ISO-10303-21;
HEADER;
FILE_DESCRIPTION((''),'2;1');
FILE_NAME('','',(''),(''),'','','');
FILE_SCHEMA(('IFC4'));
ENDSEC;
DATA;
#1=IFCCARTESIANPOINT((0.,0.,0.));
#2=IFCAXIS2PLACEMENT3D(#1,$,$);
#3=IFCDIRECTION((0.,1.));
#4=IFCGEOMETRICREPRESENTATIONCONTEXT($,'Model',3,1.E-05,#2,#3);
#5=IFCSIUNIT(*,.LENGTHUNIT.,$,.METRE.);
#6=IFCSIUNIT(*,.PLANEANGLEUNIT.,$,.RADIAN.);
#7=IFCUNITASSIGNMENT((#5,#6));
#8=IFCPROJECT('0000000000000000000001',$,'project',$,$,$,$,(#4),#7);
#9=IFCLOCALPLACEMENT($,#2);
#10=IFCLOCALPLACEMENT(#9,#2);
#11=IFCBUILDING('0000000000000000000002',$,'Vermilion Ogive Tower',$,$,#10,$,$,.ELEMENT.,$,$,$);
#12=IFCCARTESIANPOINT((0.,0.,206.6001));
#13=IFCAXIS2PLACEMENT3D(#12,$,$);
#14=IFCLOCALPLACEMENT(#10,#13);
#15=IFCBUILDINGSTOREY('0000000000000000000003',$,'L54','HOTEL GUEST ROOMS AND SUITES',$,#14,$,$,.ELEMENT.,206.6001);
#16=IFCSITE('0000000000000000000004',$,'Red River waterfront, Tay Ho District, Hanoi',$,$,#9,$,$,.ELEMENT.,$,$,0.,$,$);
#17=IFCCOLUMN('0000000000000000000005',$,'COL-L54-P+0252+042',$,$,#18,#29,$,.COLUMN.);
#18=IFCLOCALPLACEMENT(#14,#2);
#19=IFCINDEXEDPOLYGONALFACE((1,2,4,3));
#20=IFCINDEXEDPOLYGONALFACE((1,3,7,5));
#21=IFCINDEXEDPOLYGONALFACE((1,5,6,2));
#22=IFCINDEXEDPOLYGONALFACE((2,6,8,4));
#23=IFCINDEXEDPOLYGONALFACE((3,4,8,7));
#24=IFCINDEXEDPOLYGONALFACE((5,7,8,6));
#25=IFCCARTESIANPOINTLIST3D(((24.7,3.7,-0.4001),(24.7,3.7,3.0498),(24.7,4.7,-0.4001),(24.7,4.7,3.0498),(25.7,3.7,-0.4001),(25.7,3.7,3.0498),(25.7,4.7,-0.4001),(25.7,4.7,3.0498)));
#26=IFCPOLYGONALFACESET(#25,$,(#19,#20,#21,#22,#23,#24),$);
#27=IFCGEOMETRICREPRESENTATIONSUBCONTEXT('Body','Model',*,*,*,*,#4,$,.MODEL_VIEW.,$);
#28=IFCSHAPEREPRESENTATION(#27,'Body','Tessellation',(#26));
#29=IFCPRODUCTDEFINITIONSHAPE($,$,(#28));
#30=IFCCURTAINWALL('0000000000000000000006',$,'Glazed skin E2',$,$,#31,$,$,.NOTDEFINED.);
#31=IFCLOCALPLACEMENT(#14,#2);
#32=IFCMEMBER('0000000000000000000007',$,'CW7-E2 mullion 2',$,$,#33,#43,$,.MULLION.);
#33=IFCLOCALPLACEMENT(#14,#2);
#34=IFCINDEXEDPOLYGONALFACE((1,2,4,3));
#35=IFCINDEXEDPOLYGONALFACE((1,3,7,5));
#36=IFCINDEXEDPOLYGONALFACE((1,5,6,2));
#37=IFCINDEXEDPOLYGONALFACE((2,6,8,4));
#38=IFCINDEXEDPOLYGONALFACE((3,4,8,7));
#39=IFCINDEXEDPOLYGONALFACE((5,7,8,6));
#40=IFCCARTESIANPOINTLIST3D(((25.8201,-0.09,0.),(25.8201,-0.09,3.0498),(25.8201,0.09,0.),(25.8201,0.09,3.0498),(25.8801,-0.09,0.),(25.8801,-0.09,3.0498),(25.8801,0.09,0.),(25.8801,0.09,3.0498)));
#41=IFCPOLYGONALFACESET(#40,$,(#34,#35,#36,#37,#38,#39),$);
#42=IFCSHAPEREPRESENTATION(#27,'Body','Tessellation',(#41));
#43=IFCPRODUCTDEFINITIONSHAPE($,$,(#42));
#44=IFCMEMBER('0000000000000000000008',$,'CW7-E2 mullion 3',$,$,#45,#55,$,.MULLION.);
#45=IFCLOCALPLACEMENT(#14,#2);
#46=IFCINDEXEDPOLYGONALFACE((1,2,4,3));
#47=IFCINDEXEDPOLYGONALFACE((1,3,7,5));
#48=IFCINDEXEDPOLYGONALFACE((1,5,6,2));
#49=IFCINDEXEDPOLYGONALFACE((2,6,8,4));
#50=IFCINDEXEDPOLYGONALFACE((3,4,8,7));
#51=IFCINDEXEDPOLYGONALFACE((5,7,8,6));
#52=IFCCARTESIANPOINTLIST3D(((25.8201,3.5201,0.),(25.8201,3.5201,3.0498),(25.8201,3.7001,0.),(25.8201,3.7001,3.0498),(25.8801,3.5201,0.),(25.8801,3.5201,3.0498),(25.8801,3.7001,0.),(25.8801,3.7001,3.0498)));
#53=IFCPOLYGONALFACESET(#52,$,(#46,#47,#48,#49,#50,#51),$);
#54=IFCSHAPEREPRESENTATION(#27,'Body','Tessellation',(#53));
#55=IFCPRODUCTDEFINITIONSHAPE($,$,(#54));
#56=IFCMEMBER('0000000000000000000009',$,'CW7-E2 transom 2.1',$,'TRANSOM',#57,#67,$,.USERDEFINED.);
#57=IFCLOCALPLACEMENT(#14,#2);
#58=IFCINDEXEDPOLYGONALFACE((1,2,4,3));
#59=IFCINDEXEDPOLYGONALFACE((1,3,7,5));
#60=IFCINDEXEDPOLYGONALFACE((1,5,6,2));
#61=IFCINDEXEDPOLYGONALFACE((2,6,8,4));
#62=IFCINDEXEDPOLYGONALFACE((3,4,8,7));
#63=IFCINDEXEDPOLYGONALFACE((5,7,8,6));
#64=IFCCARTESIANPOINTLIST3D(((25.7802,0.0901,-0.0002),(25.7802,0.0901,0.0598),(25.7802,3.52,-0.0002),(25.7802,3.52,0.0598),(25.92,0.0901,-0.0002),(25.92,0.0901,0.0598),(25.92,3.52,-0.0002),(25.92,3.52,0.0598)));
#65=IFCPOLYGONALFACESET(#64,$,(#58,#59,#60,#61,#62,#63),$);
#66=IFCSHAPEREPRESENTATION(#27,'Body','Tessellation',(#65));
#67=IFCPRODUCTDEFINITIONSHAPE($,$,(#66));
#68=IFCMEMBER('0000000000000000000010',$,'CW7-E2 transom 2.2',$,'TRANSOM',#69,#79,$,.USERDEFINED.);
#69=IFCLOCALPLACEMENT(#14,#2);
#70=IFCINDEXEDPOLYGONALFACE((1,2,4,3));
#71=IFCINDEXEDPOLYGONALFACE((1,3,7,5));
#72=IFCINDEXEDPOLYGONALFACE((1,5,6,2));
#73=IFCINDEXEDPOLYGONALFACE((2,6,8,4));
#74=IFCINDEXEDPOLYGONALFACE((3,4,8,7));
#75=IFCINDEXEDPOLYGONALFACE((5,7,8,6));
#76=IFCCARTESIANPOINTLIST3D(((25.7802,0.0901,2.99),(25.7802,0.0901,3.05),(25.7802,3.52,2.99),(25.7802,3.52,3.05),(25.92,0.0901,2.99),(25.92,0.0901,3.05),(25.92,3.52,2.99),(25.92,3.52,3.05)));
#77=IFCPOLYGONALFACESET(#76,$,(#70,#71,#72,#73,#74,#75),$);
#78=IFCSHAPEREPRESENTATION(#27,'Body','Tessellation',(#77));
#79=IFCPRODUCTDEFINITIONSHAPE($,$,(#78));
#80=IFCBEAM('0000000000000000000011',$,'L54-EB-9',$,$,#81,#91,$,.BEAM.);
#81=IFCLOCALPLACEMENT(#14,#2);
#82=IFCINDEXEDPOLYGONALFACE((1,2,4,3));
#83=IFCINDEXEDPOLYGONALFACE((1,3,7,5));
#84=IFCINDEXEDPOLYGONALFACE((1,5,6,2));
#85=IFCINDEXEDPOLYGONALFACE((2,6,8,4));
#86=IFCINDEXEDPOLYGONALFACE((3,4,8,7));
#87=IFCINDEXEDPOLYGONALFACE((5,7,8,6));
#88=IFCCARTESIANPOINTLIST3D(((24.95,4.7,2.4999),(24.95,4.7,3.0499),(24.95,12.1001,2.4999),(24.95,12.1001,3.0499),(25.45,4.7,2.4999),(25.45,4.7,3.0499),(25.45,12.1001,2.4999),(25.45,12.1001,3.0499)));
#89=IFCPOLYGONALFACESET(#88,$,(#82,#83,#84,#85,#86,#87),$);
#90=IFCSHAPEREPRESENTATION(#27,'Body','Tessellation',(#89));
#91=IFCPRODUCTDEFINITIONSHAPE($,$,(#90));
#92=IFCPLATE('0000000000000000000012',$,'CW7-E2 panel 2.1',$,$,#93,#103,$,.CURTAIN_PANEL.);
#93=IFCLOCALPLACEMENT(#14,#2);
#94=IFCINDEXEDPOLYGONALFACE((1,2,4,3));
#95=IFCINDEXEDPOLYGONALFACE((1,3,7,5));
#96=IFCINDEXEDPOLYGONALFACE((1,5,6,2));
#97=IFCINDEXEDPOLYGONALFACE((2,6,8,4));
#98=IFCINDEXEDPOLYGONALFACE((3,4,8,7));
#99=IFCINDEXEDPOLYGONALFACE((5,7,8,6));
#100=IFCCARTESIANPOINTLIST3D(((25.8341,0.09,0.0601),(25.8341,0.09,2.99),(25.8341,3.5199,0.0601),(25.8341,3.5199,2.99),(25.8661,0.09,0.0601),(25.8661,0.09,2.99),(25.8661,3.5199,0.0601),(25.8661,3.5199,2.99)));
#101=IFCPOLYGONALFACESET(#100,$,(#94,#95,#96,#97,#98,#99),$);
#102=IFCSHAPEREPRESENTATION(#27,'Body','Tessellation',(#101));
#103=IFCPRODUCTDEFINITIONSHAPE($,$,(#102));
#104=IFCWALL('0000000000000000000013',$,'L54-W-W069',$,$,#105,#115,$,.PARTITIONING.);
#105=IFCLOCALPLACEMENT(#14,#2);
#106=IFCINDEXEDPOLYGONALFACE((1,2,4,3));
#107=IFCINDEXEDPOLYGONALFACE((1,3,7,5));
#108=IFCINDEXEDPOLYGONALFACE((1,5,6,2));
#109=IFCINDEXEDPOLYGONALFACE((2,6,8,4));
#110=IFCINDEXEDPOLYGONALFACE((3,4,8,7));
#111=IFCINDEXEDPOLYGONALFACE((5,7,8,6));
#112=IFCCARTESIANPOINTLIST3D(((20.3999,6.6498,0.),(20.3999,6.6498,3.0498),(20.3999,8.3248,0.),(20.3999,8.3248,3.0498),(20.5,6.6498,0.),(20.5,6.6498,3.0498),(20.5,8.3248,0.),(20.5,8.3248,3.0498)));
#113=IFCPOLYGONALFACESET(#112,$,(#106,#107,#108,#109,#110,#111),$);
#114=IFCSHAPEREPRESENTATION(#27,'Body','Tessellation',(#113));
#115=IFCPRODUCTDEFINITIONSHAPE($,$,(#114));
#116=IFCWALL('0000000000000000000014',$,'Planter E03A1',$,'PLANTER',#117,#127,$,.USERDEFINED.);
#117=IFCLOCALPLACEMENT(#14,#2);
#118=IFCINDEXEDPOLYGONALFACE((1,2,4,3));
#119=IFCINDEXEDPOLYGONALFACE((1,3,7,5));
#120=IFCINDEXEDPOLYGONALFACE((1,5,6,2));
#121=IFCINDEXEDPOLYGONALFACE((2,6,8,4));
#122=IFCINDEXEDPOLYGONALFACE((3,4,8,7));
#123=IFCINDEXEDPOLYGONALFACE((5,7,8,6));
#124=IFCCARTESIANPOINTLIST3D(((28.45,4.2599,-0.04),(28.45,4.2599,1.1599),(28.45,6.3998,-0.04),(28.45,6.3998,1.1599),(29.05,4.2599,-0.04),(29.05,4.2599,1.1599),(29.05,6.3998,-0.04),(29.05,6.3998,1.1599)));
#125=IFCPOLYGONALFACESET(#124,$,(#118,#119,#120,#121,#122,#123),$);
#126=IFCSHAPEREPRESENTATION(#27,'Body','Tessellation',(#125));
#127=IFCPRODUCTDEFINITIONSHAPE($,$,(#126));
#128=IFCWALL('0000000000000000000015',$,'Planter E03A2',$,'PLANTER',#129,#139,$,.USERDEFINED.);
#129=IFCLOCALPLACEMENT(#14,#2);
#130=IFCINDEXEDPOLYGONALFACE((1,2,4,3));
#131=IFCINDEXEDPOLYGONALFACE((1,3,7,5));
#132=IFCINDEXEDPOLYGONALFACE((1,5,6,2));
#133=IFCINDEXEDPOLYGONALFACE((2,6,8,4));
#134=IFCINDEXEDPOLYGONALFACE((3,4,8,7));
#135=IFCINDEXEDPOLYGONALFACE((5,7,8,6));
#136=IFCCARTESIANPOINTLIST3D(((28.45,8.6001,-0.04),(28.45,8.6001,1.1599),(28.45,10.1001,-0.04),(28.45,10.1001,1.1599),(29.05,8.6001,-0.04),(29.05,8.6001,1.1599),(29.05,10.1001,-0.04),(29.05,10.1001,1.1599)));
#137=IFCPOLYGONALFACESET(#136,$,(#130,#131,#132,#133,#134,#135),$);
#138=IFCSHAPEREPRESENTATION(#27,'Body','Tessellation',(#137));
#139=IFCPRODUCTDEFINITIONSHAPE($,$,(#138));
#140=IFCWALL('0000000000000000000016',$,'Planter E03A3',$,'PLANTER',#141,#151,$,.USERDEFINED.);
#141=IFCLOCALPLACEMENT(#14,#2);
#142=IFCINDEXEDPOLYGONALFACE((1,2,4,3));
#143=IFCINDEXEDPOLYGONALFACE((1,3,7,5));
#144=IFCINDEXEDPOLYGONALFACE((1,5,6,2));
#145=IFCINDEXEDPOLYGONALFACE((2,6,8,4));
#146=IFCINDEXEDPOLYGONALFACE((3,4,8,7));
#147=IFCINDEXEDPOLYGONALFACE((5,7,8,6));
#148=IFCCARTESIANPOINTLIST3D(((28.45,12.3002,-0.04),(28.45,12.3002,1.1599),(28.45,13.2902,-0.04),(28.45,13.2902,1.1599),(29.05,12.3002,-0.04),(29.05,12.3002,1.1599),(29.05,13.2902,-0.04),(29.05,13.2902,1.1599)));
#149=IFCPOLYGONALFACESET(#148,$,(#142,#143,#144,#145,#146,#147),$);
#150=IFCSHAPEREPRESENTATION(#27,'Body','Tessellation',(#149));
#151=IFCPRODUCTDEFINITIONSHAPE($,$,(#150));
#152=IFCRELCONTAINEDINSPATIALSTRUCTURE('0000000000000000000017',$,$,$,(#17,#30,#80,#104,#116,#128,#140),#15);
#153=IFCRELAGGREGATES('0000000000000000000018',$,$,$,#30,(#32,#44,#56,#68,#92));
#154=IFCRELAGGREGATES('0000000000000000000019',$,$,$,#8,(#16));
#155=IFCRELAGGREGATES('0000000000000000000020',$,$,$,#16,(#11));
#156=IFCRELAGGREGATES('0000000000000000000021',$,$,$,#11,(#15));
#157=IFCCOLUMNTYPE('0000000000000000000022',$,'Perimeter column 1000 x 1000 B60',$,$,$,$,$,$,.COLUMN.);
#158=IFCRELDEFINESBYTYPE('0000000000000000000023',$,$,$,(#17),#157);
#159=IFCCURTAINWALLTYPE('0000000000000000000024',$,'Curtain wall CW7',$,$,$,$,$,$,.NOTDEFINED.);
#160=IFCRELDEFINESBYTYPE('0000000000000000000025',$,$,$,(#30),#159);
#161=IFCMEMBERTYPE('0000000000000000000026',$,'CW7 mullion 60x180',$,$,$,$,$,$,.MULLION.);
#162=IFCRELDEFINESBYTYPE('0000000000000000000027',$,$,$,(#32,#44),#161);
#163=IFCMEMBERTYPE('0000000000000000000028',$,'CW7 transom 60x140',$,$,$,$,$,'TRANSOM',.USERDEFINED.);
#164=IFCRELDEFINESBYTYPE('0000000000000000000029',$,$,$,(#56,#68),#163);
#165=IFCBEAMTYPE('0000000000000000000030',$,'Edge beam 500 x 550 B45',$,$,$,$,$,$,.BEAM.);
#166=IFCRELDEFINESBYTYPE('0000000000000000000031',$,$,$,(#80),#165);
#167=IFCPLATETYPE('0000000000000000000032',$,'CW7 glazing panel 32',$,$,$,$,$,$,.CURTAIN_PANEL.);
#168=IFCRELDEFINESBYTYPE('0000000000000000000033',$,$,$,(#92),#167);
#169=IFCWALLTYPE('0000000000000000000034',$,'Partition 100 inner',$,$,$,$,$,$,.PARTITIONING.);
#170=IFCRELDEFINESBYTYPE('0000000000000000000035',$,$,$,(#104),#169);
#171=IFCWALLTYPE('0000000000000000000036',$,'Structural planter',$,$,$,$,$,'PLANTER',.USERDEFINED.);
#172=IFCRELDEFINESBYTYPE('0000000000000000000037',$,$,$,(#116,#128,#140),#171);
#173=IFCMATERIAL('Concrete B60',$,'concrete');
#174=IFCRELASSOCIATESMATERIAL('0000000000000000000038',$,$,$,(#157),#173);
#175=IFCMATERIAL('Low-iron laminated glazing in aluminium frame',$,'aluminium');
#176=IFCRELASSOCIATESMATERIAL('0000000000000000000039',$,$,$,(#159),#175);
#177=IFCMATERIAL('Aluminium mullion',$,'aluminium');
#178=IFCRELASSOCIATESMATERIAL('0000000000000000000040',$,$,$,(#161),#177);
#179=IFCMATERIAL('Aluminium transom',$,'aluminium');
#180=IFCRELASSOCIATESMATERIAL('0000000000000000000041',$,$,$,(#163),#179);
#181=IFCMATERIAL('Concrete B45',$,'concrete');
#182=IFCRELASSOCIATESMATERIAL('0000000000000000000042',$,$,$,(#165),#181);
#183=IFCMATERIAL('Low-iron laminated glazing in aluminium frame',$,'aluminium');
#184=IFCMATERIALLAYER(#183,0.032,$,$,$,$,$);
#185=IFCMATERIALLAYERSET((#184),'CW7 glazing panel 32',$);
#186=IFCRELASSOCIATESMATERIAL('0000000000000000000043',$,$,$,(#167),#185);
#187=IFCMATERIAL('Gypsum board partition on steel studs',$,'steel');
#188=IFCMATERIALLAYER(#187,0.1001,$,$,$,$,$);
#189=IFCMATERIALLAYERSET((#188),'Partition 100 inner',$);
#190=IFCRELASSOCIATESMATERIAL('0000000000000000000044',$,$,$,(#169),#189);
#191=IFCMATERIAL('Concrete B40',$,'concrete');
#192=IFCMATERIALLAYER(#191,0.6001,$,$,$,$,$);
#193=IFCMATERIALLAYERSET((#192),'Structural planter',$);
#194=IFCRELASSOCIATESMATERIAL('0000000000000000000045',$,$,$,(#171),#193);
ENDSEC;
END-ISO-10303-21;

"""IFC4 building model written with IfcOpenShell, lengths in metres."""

from ifc_helpers import new_model, si_unit, direction, frame, frame_2d, origin, origin_2d, place, context, subcontext, project, spatial, rectangle, extrude, material, layer, layer_set, material_profile, profile_set, type_object, element, aggregate, save


model = new_model("IFC4")

# Units and contexts
model_context = context("Model", 3, precision=1e-05, world=origin(), true_north=direction((0.0, 1.0)))
body_context = subcontext(model_context, "Body", "Model", "MODEL_VIEW")
ifc_project = project(units=[si_unit("LENGTHUNIT", "METRE"), si_unit("PLANEANGLEUNIT", "RADIAN")], contexts=[model_context])

# Site, building, storey
site_placement = place(None, origin())
site = spatial("IfcSite", under=ifc_project, at=site_placement, Name="Red River waterfront, Tay Ho District, Hanoi", CompositionType="ELEMENT", RefElevation=0.0)
building_placement = place(site_placement, origin())
building = spatial("IfcBuilding", under=site, at=building_placement, Name="Vermilion Ogive Tower", CompositionType="ELEMENT")
storey_placement = place(building_placement, frame((0.0, 0.0, 206.6001)))
storey = spatial("IfcBuildingStorey", under=building, at=storey_placement, Name="L54", Description="HOTEL GUEST ROOMS AND SUITES", CompositionType="ELEMENT", Elevation=206.6001)

# Column
ifc_material_1 = material(Name="Concrete B60", Category="concrete")
ifc_material_profile_1 = material_profile(ifc_material_1, rectangle(XDim=1.0, YDim=1.0, at=origin_2d()), Name="1000 x 1000")
ifc_profile_set_1 = profile_set([ifc_material_profile_1], Name="Concrete B60")
column_type = type_object("IfcColumnType", Name="Perimeter column 1000 x 1000 B60", PredefinedType="COLUMN", material=ifc_profile_set_1)
column_placement = place(storey_placement, frame((25.2, 4.2, -0.4001), z_axis=(0.0, 0.0, 1.0), x_axis=(1.0, 0.0, 0.0)))
element("IfcColumn", 1, at=column_placement, inside=storey, type_object=column_type, Name="COL-L54-P+0252+042", PredefinedType="COLUMN", context=body_context, shape_type="SweptSolid", body=[
    extrude(rectangle(XDim=1.0, YDim=1.0, at=origin_2d()), origin(), (0.0, 0.0, 1.0), 3.45),
])

# Curtain wall, members
ifc_material_2 = material(Name="Low-iron laminated glazing in aluminium frame", Category="aluminium")
curtain_wall_type = type_object("IfcCurtainWallType", Name="Curtain wall CW7", PredefinedType="NOTDEFINED", material=ifc_material_2)
curtain_wall_placement = place(storey_placement, origin())
curtain_wall = element("IfcCurtainWall", 2, at=curtain_wall_placement, inside=storey, type_object=curtain_wall_type, Name="Glazed skin E2", PredefinedType="NOTDEFINED")
ifc_material_3 = material(Name="Aluminium mullion", Category="aluminium")
ifc_material_profile_2 = material_profile(ifc_material_3, rectangle(XDim=0.0601, YDim=0.1799, at=origin_2d()), Name="AL 60x180")
ifc_profile_set_2 = profile_set([ifc_material_profile_2], Name="Aluminium mullion")
member_type_1 = type_object("IfcMemberType", Name="CW7 mullion 60x180", PredefinedType="MULLION", material=ifc_profile_set_2)
member_1_placement = place(storey_placement, frame((25.8501, 0.0, 0.0), z_axis=(0.0, 0.0, 1.0), x_axis=(-1.0, 0.0, 0.0)))
member_1 = element("IfcMember", 3, at=member_1_placement, type_object=member_type_1, Name="CW7-E2 mullion 2", PredefinedType="MULLION", context=body_context, shape_type="SweptSolid", body=[
    extrude(rectangle(XDim=0.0601, YDim=0.1799, at=origin_2d()), origin(), (0.0, 0.0, 1.0), 3.0498),
])
member_2_placement = place(storey_placement, frame((25.8501, 3.6101, 0.0), z_axis=(0.0, 0.0, 1.0), x_axis=(-1.0, 0.0, 0.0)))
member_2 = element("IfcMember", 4, at=member_2_placement, type_object=member_type_1, Name="CW7-E2 mullion 3", PredefinedType="MULLION", context=body_context, shape_type="SweptSolid", body=[
    extrude(rectangle(XDim=0.0601, YDim=0.1799, at=origin_2d()), origin(), (0.0, 0.0, 1.0), 3.0498),
])
ifc_material_4 = material(Name="Aluminium transom", Category="aluminium")
ifc_material_profile_3 = material_profile(ifc_material_4, rectangle(XDim=0.1399, YDim=0.0601, at=origin_2d()), Name="AL 60x140")
ifc_profile_set_3 = profile_set([ifc_material_profile_3], Name="Aluminium transom")
member_type_2 = type_object("IfcMemberType", Name="CW7 transom 60x140", ElementType="TRANSOM", PredefinedType="USERDEFINED", material=ifc_profile_set_3)
member_3_placement = place(storey_placement, frame((25.8501, 0.0901, 0.0298), z_axis=(0.0, 1.0, 0.0), x_axis=(-1.0, 0.0, 0.0)))
member_3 = element("IfcMember", 5, at=member_3_placement, type_object=member_type_2, Name="CW7-E2 transom 2.1", ObjectType="TRANSOM", PredefinedType="USERDEFINED", context=body_context, shape_type="SweptSolid", body=[
    extrude(rectangle(XDim=0.1399, YDim=0.0601, at=origin_2d()), origin(), (0.0, 0.0, 1.0), 3.4299),
])
member_4_placement = place(storey_placement, frame((25.8501, 0.0901, 3.02), z_axis=(0.0, 1.0, 0.0), x_axis=(-1.0, 0.0, 0.0)))
member_4 = element("IfcMember", 6, at=member_4_placement, type_object=member_type_2, Name="CW7-E2 transom 2.2", ObjectType="TRANSOM", PredefinedType="USERDEFINED", context=body_context, shape_type="SweptSolid", body=[
    extrude(rectangle(XDim=0.1399, YDim=0.0601, at=origin_2d()), origin(), (0.0, 0.0, 1.0), 3.4299),
])

# Beam
ifc_material_5 = material(Name="Concrete B45", Category="concrete")
ifc_material_profile_4 = material_profile(ifc_material_5, rectangle(XDim=0.5, YDim=0.55, at=origin_2d()), Name="500 x 550")
ifc_profile_set_4 = profile_set([ifc_material_profile_4], Name="Concrete B45")
beam_type = type_object("IfcBeamType", Name="Edge beam 500 x 550 B45", PredefinedType="BEAM", material=ifc_profile_set_4)
beam_placement = place(storey_placement, frame((25.2, 4.7, 2.7749), z_axis=(0.0, 1.0, 0.0), x_axis=(-1.0, 0.0, 0.0)))
element("IfcBeam", 7, at=beam_placement, inside=storey, type_object=beam_type, Name="L54-EB-9", PredefinedType="BEAM", context=body_context, shape_type="SweptSolid", body=[
    extrude(rectangle(XDim=0.5, YDim=0.55, at=origin_2d()), origin(), (0.0, 0.0, 1.0), 7.4001),
])

# Plate
ifc_material_6 = material(Name="Low-iron laminated glazing in aluminium frame", Category="aluminium")
ifc_layer_1 = layer(ifc_material_6, 0.032)
ifc_layer_set_1 = layer_set([ifc_layer_1], Name="CW7 glazing panel 32")
plate_type = type_object("IfcPlateType", Name="CW7 glazing panel 32", PredefinedType="CURTAIN_PANEL", material=ifc_layer_set_1)
plate_placement = place(storey_placement, frame((25.8501, 1.8049, 0.0601), z_axis=(0.0, 0.0, 1.0), x_axis=(0.0, 1.0, 0.0)))
plate = element("IfcPlate", 8, at=plate_placement, type_object=plate_type, Name="CW7-E2 panel 2.1", PredefinedType="CURTAIN_PANEL", context=body_context, shape_type="SweptSolid", body=[
    extrude(rectangle(XDim=3.4299, YDim=0.032, at=origin_2d()), origin(), (0.0, 0.0, 1.0), 2.9299),
])
aggregate(curtain_wall, [member_1, member_2, member_3, member_4, plate])

# Walls
ifc_material_7 = material(Name="Gypsum board partition on steel studs", Category="steel")
ifc_layer_2 = layer(ifc_material_7, 0.1001)
ifc_layer_set_2 = layer_set([ifc_layer_2], Name="Partition 100 inner")
wall_type_1 = type_object("IfcWallType", Name="Partition 100 inner", PredefinedType="PARTITIONING", material=ifc_layer_set_2)
wall_1_placement = place(storey_placement, frame((20.45, 6.6499, 0.0), z_axis=(0.0, 0.0, 1.0), x_axis=(0.0, 1.0, 0.0)))
element("IfcWall", 9, at=wall_1_placement, inside=storey, type_object=wall_type_1, Name="L54-W-W069", PredefinedType="PARTITIONING", context=body_context, shape_type="SweptSolid", body=[
    extrude(rectangle(XDim=1.675, YDim=0.1001, at=frame_2d((0.8374, 0.0))), origin(), (0.0, 0.0, 1.0), 3.0498),
])
ifc_material_8 = material(Name="Concrete B40", Category="concrete")
ifc_layer_3 = layer(ifc_material_8, 0.6001)
ifc_layer_set_3 = layer_set([ifc_layer_3], Name="Structural planter")
wall_type_2 = type_object("IfcWallType", Name="Structural planter", ElementType="PLANTER", PredefinedType="USERDEFINED", material=ifc_layer_set_3)
wall_2_placement = place(storey_placement, frame((28.75, 4.26, -0.04), z_axis=(0.0, 0.0, 1.0), x_axis=(0.0, 1.0, 0.0)))
element("IfcWall", 10, at=wall_2_placement, inside=storey, type_object=wall_type_2, Name="Planter E03A1", ObjectType="PLANTER", PredefinedType="USERDEFINED", context=body_context, shape_type="SweptSolid", body=[
    extrude(rectangle(XDim=2.1399, YDim=0.6001, at=frame_2d((1.0698, 0.0))), origin(), (0.0, 0.0, 1.0), 1.2),
])
wall_3_placement = place(storey_placement, frame((28.75, 8.6001, -0.04), z_axis=(0.0, 0.0, 1.0), x_axis=(0.0, 1.0, 0.0)))
element("IfcWall", 11, at=wall_3_placement, inside=storey, type_object=wall_type_2, Name="Planter E03A2", ObjectType="PLANTER", PredefinedType="USERDEFINED", context=body_context, shape_type="SweptSolid", body=[
    extrude(rectangle(XDim=1.5, YDim=0.6001, at=frame_2d((0.75, 0.0))), origin(), (0.0, 0.0, 1.0), 1.2),
])
wall_4_placement = place(storey_placement, frame((28.75, 12.3, -0.04), z_axis=(0.0, 0.0, 1.0), x_axis=(0.0, 1.0, 0.0)))
element("IfcWall", 12, at=wall_4_placement, inside=storey, type_object=wall_type_2, Name="Planter E03A3", ObjectType="PLANTER", PredefinedType="USERDEFINED", context=body_context, shape_type="SweptSolid", body=[
    extrude(rectangle(XDim=0.99, YDim=0.6001, at=frame_2d((0.4951, 0.0))), origin(), (0.0, 0.0, 1.0), 1.2),
])

save(model, "model.ifc")
